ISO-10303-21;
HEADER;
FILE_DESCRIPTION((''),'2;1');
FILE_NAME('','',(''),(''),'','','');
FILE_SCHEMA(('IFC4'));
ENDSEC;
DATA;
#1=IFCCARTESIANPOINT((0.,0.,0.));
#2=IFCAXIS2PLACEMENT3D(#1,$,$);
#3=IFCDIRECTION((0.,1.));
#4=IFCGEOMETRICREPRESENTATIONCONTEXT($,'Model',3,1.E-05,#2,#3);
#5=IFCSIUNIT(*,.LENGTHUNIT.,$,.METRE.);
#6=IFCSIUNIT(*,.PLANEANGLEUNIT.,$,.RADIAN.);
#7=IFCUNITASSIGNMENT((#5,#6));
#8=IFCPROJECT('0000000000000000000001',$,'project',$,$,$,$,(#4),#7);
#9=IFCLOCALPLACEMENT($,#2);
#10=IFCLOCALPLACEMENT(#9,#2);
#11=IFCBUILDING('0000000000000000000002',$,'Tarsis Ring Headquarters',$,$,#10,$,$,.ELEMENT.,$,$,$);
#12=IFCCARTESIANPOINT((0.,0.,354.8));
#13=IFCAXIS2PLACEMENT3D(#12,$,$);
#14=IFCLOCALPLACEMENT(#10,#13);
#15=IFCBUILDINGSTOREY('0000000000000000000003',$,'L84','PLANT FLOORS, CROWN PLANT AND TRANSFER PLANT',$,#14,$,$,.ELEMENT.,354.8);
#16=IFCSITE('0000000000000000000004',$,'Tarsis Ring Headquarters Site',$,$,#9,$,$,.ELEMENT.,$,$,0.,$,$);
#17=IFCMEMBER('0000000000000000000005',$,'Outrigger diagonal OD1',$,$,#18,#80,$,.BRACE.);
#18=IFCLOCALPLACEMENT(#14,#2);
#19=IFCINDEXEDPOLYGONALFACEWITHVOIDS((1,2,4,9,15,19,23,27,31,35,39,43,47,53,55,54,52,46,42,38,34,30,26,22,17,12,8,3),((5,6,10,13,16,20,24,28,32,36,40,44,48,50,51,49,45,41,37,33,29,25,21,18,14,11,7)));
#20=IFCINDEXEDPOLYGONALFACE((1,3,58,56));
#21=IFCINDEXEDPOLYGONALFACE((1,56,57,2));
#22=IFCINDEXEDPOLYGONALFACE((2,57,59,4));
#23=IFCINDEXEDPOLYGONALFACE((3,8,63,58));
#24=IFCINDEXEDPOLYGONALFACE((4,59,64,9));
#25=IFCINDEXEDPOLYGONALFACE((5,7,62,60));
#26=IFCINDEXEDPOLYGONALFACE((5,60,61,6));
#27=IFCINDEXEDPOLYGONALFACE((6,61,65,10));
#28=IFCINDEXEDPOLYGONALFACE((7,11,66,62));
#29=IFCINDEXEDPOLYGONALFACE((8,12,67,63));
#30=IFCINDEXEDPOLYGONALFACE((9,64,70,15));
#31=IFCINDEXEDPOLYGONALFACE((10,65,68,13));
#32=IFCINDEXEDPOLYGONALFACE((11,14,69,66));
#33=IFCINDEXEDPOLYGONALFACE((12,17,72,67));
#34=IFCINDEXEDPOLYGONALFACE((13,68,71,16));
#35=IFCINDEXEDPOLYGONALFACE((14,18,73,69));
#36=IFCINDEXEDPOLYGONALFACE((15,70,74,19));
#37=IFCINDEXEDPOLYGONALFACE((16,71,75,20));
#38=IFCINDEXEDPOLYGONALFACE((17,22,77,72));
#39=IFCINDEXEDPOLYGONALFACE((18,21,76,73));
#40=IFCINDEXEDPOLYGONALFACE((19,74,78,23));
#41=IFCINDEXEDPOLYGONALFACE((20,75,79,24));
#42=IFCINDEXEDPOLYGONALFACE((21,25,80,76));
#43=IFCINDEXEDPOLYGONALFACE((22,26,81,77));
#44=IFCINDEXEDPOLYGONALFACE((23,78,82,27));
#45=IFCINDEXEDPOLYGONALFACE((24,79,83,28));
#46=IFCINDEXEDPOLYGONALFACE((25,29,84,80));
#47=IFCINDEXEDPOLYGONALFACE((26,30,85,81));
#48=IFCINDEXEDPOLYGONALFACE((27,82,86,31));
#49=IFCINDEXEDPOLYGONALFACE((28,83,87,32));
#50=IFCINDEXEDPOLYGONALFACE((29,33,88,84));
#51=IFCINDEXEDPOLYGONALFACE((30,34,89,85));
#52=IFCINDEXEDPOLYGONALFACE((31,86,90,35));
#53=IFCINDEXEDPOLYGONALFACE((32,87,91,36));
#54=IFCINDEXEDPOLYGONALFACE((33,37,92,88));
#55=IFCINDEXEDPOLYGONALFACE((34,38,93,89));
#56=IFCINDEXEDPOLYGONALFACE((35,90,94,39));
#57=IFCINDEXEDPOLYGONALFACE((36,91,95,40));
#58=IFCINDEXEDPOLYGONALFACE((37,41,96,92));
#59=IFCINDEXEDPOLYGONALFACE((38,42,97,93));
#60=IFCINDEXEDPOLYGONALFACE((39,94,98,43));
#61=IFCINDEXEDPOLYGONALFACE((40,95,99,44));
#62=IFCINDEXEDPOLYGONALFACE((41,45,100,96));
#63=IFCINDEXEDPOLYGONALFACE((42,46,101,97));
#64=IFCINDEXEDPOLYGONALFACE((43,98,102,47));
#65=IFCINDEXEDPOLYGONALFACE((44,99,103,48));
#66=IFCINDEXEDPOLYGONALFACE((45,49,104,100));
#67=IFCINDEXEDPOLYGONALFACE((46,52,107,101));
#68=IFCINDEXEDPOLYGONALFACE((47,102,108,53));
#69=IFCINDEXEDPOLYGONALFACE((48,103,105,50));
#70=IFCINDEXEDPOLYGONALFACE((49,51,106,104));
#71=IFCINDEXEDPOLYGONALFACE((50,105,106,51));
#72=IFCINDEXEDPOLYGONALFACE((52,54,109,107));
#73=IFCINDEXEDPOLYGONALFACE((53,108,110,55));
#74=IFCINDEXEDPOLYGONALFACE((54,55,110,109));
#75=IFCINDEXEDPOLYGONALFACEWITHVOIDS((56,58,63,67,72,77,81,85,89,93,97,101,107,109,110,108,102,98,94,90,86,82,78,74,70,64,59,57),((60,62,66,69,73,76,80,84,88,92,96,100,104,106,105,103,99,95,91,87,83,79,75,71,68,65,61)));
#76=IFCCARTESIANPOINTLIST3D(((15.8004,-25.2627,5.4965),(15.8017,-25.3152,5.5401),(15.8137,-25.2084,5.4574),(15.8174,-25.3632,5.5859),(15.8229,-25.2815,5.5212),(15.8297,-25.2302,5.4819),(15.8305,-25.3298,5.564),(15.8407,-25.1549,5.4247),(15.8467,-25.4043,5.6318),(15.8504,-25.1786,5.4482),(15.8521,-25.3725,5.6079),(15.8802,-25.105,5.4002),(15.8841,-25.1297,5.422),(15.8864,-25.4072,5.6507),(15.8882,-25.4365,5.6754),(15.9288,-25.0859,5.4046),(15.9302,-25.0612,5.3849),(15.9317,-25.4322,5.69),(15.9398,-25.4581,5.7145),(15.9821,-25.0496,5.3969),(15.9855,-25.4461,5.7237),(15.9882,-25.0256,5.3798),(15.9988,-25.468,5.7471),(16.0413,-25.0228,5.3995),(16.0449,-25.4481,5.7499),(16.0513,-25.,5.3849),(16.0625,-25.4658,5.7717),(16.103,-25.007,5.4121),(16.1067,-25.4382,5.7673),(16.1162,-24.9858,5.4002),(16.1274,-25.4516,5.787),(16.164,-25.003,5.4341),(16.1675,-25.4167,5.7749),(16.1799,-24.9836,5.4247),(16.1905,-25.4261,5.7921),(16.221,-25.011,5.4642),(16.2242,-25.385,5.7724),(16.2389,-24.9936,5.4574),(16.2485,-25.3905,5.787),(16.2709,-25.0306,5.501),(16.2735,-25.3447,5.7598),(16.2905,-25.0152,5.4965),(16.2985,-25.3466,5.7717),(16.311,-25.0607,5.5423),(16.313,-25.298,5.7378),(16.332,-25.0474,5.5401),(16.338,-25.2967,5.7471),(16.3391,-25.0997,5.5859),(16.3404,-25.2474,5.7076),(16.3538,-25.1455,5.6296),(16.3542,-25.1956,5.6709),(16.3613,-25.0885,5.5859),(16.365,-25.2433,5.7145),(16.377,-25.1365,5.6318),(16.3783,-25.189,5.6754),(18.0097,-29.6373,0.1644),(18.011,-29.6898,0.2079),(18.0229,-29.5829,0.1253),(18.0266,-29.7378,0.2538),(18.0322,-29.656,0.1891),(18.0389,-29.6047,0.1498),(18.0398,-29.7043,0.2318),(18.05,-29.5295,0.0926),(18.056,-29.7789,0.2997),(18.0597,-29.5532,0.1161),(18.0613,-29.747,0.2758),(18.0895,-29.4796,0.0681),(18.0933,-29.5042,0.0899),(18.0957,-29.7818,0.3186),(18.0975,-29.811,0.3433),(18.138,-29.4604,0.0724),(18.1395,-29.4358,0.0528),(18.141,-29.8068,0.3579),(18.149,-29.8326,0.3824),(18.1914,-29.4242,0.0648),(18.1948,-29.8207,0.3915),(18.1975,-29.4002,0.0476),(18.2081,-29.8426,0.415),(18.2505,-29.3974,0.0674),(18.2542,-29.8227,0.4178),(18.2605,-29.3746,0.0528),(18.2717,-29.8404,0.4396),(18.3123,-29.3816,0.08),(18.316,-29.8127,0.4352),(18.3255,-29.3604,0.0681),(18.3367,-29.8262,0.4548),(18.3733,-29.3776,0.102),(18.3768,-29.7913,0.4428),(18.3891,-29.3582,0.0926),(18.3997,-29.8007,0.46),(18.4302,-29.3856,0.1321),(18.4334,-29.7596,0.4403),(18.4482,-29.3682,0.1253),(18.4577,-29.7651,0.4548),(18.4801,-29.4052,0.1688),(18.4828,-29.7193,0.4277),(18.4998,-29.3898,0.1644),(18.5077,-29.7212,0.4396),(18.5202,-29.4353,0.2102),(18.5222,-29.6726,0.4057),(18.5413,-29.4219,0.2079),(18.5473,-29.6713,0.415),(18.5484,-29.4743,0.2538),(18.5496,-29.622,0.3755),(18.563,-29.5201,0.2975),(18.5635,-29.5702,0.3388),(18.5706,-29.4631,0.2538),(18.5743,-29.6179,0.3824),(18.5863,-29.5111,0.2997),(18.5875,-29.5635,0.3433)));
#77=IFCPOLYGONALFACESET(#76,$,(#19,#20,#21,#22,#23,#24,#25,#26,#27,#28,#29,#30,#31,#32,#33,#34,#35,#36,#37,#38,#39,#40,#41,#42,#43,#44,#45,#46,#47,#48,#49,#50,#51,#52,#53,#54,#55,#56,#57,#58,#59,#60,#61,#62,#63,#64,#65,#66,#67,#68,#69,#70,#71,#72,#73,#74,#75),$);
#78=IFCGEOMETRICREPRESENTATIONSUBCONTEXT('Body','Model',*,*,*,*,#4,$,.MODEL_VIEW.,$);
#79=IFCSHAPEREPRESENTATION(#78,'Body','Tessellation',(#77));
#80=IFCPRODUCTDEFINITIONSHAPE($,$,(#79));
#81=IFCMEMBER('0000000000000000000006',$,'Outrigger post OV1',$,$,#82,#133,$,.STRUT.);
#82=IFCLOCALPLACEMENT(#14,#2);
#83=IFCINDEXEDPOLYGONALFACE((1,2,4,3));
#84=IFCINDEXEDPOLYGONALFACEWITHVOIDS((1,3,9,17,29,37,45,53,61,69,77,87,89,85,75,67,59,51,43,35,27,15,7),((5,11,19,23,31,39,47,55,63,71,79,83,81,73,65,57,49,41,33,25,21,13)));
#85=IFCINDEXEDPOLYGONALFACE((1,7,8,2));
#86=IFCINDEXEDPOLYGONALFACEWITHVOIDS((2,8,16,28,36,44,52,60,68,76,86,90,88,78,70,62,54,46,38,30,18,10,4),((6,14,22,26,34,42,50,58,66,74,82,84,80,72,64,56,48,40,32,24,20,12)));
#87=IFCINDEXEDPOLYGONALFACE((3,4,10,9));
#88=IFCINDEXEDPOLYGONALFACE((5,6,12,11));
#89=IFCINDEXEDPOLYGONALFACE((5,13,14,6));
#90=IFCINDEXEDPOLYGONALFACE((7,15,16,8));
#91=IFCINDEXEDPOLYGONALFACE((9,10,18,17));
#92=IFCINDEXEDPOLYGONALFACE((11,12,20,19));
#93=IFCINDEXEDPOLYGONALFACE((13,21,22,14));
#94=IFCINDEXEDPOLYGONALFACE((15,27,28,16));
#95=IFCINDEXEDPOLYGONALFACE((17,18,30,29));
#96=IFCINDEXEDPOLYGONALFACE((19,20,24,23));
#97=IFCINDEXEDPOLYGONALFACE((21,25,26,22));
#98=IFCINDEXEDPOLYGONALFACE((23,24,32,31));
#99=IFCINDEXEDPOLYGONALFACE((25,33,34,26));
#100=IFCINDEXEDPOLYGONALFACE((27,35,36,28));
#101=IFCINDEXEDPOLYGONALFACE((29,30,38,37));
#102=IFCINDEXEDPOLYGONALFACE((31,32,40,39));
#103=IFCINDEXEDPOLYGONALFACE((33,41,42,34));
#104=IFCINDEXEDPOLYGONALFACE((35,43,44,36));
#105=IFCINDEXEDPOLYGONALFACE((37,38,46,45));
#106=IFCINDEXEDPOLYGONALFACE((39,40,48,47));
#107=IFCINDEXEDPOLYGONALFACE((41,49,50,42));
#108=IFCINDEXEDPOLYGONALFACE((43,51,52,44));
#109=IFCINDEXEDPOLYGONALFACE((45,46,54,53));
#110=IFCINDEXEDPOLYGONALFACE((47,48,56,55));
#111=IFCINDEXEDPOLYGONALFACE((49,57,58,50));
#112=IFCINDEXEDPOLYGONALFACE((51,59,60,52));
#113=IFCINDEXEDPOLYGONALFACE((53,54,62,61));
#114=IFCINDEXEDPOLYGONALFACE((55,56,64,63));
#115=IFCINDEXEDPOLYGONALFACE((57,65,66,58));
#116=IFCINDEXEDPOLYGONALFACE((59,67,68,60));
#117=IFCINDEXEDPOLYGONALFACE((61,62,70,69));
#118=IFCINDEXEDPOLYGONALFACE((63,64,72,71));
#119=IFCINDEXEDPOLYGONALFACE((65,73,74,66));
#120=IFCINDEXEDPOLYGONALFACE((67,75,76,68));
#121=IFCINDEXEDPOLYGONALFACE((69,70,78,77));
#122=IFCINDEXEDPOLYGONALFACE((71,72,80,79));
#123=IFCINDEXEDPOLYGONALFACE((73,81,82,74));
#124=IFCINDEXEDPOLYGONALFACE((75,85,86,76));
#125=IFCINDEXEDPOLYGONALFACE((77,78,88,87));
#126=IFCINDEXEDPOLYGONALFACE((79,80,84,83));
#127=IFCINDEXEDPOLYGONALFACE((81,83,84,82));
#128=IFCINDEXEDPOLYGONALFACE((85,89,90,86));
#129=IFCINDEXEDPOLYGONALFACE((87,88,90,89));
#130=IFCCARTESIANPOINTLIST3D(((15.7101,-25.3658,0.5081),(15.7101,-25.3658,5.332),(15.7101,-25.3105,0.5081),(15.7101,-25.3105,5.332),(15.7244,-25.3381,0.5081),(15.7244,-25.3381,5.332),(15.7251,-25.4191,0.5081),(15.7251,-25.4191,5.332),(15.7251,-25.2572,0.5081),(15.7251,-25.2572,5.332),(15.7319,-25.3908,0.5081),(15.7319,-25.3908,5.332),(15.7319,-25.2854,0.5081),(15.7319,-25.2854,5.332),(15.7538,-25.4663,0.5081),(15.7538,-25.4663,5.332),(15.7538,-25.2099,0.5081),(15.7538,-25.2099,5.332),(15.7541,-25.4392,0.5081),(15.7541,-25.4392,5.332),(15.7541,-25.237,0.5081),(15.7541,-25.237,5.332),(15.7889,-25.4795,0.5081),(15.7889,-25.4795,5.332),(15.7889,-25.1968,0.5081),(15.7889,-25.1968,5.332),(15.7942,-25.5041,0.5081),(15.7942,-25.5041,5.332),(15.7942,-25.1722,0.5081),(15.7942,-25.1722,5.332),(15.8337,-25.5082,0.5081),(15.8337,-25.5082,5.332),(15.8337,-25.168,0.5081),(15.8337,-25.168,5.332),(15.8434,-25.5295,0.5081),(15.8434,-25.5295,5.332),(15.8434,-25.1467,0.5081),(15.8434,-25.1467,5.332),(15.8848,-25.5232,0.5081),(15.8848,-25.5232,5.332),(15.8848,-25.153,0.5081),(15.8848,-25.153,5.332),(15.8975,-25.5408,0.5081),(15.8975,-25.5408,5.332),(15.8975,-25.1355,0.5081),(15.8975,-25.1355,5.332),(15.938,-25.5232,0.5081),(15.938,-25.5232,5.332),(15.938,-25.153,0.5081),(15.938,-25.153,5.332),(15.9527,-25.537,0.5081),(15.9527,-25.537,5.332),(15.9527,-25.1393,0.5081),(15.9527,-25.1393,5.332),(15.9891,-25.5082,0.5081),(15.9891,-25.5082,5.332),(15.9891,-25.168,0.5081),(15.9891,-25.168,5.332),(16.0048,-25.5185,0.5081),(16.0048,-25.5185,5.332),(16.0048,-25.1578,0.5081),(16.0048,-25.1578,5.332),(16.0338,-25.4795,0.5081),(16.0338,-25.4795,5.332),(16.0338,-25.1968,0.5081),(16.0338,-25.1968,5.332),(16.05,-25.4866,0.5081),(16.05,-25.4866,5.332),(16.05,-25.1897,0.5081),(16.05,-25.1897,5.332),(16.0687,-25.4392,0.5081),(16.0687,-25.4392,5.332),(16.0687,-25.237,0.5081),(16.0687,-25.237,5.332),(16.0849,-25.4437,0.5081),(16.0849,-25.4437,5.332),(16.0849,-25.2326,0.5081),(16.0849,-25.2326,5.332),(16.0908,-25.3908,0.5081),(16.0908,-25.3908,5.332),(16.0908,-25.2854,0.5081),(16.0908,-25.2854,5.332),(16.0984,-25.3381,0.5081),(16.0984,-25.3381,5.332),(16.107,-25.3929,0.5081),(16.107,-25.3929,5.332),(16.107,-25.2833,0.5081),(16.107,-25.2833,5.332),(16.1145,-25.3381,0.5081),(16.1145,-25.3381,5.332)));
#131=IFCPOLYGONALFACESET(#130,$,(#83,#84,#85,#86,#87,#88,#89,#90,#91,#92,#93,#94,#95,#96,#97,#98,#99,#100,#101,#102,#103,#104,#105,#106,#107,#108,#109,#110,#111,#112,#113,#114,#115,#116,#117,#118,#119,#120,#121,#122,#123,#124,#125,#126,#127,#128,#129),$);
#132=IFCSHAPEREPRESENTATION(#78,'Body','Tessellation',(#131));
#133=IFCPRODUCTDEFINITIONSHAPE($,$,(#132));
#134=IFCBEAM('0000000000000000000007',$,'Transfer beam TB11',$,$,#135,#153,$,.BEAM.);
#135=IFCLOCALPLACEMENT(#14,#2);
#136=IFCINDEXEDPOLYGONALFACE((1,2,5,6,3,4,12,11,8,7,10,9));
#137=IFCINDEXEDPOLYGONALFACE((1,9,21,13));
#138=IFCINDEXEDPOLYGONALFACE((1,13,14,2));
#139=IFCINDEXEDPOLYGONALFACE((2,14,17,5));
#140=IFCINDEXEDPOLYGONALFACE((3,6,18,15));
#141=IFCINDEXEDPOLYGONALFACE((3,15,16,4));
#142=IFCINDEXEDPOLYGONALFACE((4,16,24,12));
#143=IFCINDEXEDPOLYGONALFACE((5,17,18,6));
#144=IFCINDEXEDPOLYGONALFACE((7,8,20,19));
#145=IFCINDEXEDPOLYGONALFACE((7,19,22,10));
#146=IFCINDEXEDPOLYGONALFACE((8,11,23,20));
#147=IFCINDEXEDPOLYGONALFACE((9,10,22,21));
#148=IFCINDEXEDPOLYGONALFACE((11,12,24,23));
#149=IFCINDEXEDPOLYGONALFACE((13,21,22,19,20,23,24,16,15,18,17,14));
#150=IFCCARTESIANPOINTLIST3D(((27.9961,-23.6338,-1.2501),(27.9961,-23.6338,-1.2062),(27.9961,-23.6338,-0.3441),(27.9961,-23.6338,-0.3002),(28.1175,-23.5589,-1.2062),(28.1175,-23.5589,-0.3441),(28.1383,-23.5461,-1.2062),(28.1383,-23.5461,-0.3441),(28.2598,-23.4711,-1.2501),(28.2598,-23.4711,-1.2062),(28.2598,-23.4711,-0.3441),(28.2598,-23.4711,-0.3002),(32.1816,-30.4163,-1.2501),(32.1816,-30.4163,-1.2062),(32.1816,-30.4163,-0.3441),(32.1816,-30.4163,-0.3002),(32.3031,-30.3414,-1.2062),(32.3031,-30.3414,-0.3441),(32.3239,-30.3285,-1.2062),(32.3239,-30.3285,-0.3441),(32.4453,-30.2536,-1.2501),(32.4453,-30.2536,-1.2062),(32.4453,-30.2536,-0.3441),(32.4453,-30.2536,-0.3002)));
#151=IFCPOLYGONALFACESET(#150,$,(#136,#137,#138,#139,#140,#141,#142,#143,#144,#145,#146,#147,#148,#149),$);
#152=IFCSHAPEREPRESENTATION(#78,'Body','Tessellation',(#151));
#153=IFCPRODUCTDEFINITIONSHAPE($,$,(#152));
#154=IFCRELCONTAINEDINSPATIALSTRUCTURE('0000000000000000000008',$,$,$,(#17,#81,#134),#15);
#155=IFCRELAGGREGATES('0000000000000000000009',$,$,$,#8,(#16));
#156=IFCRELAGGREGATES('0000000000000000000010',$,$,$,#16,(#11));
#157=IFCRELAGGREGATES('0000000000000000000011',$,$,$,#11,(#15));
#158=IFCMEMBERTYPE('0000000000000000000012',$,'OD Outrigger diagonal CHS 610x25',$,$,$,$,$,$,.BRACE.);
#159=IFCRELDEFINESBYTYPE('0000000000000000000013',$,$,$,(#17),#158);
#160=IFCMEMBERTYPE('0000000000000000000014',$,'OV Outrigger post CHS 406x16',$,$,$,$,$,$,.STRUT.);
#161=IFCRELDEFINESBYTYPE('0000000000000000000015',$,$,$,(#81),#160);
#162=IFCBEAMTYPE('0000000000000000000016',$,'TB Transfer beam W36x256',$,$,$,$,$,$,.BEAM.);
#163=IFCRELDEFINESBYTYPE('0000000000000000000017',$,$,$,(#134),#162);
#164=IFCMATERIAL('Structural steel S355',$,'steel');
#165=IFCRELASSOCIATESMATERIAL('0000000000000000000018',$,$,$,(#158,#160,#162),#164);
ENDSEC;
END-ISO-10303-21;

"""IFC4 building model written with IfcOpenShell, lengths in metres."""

from ifc_helpers import new_model, si_unit, direction, frame, origin, origin_2d, place, context, subcontext, project, spatial, hollow_circle, i_section, extrude, material, material_profile, profile_set, type_object, element, save


model = new_model("IFC4")

# Units and contexts
model_context = context("Model", 3, precision=1e-05, world=origin(), true_north=direction((0.0, 1.0)))
body_context = subcontext(model_context, "Body", "Model", "MODEL_VIEW")
ifc_project = project(units=[si_unit("LENGTHUNIT", "METRE"), si_unit("PLANEANGLEUNIT", "RADIAN")], contexts=[model_context])

# Site, building, storey
site_placement = place(None, origin())
site = spatial("IfcSite", under=ifc_project, at=site_placement, Name="Tarsis Ring Headquarters Site", CompositionType="ELEMENT", RefElevation=0.0)
building_placement = place(site_placement, origin())
building = spatial("IfcBuilding", under=site, at=building_placement, Name="Tarsis Ring Headquarters", CompositionType="ELEMENT")
storey_placement = place(building_placement, frame((0.0, 0.0, 354.8)))
storey = spatial("IfcBuildingStorey", under=building, at=storey_placement, Name="L84", Description="PLANT FLOORS, CROWN PLANT AND TRANSFER PLANT", CompositionType="ELEMENT", Elevation=354.8)

# Shared definitions
ifc_material_1 = material(Name="Structural steel S355", Category="steel")

# Members
ifc_material_profile_1 = material_profile(ifc_material_1, hollow_circle(Radius=0.3047, WallThickness=0.0249, at=origin_2d()), Name="CHS 610x25")
ifc_profile_set_1 = profile_set([ifc_material_profile_1], Name="Structural steel S355")
member_type_1 = type_object("IfcMemberType", Name="OD Outrigger diagonal CHS 610x25", PredefinedType="BRACE", material=ifc_profile_set_1)
member_1_placement = place(storey_placement, frame((16.0894, -25.2258, 5.5859), z_axis=(0.305055, -0.604041, -0.736258), x_axis=(0.892627, 0.450797, 0.0)))
element("IfcMember", 1, at=member_1_placement, inside=storey, type_object=member_type_1, Name="Outrigger diagonal OD1", PredefinedType="BRACE", context=body_context, shape_type="SweptSolid", body=[
    extrude(hollow_circle(Radius=0.3047, WallThickness=0.0249, at=origin_2d()), origin(), (0.0, 0.0, 1.0), 7.2422),
])
ifc_material_profile_2 = material_profile(ifc_material_1, hollow_circle(Radius=0.2031, WallThickness=0.0161, at=origin_2d()), Name="CHS 406x16")
ifc_profile_set_2 = profile_set([ifc_material_profile_2], Name="Structural steel S355")
member_type_2 = type_object("IfcMemberType", Name="OV Outrigger post CHS 406x16", PredefinedType="STRUT", material=ifc_profile_set_2)
member_2_placement = place(storey_placement, frame((15.9114, -25.3381, 0.5081), z_axis=(0.0, 0.0, 1.0), x_axis=(1.0, 0.0, 0.0)))
element("IfcMember", 2, at=member_2_placement, inside=storey, type_object=member_type_2, Name="Outrigger post OV1", PredefinedType="STRUT", context=body_context, shape_type="SweptSolid", body=[
    extrude(hollow_circle(Radius=0.2031, WallThickness=0.0161, at=origin_2d()), origin(), (0.0, 0.0, 1.0), 4.824),
])

# Beam
ifc_material_profile_3 = material_profile(ifc_material_1, i_section(OverallWidth=0.3098, OverallDepth=0.95, WebThickness=0.0244, FlangeThickness=0.0439, at=origin_2d()), Name="W36x256")
ifc_profile_set_3 = profile_set([ifc_material_profile_3], Name="Structural steel S355")
beam_type_1 = type_object("IfcBeamType", Name="TB Transfer beam W36x256", PredefinedType="BEAM", material=ifc_profile_set_3)
beam_1_placement = place(storey_placement, frame((28.1279, -23.5525, -0.7751), z_axis=(0.525163, -0.851001, 0.0), x_axis=(0.851001, 0.525163, 0.0)))
element("IfcBeam", 3, at=beam_1_placement, inside=storey, type_object=beam_type_1, Name="Transfer beam TB11", PredefinedType="BEAM", context=body_context, shape_type="SweptSolid", body=[
    extrude(i_section(OverallWidth=0.3098, OverallDepth=0.95, WebThickness=0.0244, FlangeThickness=0.0439, at=origin_2d()), origin(), (0.0, 0.0, 1.0), 7.97),
])

save(model, "model.ifc")
